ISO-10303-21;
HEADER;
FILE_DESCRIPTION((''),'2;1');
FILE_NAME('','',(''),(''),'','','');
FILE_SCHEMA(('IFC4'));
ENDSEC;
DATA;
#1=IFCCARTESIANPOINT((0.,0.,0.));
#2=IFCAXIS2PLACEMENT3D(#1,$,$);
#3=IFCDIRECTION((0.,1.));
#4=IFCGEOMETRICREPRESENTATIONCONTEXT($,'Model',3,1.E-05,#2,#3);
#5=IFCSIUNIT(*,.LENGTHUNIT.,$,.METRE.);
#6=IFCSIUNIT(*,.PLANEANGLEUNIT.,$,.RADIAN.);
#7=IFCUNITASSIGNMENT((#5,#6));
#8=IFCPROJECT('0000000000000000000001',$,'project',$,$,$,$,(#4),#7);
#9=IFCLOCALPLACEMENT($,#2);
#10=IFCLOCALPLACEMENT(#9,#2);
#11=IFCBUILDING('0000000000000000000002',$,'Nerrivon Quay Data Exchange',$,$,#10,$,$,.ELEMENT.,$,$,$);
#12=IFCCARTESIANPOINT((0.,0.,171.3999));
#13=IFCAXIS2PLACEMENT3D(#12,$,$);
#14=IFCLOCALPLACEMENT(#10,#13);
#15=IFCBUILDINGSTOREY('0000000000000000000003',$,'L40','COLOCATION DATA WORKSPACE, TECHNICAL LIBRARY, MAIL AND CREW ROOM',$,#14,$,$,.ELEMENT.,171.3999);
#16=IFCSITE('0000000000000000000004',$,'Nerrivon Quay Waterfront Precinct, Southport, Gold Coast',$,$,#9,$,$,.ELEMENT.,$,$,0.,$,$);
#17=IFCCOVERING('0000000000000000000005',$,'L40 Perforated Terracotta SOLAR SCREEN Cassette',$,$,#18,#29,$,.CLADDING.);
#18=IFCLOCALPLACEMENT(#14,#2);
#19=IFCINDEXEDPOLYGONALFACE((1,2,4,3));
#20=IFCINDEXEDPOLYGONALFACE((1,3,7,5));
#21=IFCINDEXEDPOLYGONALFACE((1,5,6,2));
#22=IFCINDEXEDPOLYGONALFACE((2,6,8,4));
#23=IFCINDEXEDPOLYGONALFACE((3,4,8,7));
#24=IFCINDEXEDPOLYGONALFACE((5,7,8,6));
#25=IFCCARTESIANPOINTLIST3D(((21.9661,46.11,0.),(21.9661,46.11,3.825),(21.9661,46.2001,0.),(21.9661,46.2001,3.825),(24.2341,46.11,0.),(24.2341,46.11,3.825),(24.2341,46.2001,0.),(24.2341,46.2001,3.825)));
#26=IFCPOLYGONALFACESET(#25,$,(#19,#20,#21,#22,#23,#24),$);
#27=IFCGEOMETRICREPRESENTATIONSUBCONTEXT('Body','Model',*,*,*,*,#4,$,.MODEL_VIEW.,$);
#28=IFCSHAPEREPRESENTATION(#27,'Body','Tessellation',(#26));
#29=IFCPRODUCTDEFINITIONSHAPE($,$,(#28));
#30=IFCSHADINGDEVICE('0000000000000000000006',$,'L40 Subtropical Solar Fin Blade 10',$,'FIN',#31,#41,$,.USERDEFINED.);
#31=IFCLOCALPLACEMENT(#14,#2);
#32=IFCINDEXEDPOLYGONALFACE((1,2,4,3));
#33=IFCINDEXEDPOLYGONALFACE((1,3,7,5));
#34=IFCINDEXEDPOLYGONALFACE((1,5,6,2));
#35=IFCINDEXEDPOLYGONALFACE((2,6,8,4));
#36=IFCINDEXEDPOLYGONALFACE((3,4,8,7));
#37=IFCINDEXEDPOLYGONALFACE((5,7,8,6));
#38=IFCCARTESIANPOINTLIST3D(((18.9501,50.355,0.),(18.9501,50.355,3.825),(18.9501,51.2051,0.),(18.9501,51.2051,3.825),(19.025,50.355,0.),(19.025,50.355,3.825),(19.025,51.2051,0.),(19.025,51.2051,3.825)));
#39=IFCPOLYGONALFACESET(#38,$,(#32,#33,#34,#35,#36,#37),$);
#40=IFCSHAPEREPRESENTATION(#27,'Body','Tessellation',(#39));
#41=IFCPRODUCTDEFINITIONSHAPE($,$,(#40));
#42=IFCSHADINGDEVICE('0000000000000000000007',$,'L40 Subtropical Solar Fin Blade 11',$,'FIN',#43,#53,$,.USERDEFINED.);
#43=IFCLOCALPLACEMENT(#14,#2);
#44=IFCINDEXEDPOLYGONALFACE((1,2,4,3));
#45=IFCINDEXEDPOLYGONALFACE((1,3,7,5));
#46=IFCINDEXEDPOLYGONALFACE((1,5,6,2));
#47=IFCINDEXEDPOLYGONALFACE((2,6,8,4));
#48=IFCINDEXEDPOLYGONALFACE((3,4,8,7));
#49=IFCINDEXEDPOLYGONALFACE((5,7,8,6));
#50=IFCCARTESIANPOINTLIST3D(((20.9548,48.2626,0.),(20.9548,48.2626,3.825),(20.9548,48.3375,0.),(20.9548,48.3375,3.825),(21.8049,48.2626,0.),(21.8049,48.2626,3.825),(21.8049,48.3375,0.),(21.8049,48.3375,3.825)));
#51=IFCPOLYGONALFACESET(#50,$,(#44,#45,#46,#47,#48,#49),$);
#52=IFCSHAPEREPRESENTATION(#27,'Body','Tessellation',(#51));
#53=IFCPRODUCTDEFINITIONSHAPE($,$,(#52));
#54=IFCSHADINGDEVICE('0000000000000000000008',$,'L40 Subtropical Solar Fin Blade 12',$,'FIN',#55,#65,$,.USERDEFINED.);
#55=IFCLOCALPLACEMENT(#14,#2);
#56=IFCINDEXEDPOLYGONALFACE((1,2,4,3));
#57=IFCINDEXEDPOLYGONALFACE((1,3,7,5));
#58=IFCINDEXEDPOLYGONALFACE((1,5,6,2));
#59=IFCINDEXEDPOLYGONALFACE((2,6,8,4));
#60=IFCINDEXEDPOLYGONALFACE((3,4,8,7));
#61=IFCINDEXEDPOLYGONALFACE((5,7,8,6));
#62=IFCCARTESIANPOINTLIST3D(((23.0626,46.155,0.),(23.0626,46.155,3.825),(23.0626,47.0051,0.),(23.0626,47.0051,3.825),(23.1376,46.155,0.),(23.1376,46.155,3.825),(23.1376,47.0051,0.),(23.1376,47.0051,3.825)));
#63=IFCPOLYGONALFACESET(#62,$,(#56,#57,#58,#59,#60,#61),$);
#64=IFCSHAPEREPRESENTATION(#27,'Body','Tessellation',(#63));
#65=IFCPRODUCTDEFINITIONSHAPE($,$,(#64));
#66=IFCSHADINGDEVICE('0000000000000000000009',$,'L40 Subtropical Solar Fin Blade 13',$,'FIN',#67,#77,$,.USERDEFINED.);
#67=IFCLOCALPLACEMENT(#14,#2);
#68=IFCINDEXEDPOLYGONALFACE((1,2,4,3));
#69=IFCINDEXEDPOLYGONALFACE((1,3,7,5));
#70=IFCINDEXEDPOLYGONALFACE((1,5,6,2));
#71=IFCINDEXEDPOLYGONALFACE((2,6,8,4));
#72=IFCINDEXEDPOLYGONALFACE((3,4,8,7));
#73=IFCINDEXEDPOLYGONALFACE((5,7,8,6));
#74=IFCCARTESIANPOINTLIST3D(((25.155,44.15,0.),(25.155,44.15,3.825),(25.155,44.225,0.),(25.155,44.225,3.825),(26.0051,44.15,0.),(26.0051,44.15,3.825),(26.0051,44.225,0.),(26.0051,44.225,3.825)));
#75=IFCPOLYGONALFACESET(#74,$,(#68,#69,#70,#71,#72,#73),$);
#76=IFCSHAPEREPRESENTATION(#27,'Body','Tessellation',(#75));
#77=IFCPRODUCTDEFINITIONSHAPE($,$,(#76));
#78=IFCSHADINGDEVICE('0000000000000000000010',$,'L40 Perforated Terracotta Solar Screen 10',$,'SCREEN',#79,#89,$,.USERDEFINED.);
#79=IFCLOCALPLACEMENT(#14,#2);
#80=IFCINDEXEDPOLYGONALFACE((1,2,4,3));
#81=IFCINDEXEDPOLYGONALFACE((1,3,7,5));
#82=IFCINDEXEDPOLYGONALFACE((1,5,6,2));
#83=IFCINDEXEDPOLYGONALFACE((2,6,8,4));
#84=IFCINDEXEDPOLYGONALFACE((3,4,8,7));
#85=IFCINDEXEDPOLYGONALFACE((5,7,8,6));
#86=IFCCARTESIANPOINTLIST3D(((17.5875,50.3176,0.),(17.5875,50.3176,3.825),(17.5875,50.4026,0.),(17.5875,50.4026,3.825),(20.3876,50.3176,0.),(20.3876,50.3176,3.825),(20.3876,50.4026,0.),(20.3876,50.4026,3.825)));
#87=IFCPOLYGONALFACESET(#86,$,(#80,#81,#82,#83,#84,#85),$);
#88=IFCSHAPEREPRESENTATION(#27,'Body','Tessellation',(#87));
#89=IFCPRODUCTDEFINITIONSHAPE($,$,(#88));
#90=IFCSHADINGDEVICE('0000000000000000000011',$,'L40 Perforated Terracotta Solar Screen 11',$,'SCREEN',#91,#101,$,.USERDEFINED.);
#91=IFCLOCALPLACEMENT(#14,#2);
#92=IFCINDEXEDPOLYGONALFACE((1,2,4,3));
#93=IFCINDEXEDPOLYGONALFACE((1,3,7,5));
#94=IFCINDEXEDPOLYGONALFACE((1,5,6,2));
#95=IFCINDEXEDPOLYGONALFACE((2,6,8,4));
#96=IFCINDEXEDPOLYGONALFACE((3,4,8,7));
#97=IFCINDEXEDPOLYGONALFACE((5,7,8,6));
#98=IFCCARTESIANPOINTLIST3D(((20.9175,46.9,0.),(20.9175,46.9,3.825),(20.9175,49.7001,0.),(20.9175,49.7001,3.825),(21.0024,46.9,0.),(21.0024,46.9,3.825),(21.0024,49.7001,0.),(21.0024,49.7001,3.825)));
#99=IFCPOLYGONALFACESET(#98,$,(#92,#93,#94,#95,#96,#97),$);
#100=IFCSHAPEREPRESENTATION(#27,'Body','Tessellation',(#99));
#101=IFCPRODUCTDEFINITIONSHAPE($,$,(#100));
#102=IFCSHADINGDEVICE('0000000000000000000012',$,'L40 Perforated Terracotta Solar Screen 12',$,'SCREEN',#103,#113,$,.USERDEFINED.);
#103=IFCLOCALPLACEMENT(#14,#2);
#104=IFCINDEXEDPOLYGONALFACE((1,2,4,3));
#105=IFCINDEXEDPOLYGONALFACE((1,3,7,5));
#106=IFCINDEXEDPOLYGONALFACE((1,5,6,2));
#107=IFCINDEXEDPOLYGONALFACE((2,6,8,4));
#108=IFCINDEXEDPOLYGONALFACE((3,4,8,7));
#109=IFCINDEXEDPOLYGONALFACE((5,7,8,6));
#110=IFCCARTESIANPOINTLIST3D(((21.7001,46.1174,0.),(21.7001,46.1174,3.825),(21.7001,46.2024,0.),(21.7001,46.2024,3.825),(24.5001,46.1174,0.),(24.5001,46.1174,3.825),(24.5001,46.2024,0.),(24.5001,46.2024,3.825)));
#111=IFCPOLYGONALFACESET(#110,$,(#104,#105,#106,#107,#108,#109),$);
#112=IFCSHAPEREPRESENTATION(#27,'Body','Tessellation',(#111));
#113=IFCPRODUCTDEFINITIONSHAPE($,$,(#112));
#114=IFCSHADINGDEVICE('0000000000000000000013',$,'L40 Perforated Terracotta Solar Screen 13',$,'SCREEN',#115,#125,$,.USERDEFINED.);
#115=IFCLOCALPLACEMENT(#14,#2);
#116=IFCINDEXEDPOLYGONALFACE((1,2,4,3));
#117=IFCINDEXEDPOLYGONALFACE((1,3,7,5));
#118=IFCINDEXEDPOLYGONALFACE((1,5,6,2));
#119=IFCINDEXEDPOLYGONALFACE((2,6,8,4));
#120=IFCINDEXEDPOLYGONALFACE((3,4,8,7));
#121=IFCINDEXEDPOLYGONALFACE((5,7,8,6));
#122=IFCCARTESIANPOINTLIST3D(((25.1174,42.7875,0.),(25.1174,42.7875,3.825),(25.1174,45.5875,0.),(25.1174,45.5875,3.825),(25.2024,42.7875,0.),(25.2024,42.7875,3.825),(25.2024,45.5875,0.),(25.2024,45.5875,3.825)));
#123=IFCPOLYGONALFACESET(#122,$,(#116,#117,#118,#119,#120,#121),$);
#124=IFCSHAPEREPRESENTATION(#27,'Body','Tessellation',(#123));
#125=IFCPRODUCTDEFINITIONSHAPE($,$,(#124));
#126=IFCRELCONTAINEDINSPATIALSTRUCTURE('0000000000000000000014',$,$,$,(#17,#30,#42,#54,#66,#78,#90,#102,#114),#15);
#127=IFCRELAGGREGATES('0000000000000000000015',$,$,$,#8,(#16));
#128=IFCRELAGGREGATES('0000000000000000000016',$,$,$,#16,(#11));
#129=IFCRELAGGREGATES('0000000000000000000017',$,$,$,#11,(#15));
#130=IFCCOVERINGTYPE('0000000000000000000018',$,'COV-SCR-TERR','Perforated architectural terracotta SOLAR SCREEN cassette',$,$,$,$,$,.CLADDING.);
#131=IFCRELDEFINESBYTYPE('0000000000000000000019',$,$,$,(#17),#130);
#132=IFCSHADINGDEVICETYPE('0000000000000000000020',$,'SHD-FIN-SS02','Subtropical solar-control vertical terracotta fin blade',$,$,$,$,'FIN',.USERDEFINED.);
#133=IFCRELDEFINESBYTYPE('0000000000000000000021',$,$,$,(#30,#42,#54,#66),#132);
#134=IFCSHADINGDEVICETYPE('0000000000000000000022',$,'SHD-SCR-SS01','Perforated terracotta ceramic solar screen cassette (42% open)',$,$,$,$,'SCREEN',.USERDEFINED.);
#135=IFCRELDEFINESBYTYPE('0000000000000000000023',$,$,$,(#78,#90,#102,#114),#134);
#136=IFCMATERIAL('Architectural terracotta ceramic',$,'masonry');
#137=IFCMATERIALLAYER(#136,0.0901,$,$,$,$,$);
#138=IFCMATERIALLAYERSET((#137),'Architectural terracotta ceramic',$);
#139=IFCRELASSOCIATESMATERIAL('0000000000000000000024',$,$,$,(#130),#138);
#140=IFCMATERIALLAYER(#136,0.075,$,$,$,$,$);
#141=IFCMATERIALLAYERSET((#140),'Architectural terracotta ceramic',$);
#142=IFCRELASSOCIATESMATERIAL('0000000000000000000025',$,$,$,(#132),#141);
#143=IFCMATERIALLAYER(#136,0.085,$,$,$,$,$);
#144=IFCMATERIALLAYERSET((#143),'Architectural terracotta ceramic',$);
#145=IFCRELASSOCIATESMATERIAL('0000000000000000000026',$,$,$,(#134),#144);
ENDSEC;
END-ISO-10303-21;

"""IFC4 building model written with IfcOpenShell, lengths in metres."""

from ifc_helpers import new_model, si_unit, direction, frame, origin, origin_2d, place, context, subcontext, project, spatial, rectangle, extrude, material, layer, layer_set, type_object, element, save


model = new_model("IFC4")

# Units and contexts
model_context = context("Model", 3, precision=1e-05, world=origin(), true_north=direction((0.0, 1.0)))
body_context = subcontext(model_context, "Body", "Model", "MODEL_VIEW")
ifc_project = project(units=[si_unit("LENGTHUNIT", "METRE"), si_unit("PLANEANGLEUNIT", "RADIAN")], contexts=[model_context])

# Site, building, storey
site_placement = place(None, origin())
site = spatial("IfcSite", under=ifc_project, at=site_placement, Name="Nerrivon Quay Waterfront Precinct, Southport, Gold Coast", CompositionType="ELEMENT", RefElevation=0.0)
building_placement = place(site_placement, origin())
building = spatial("IfcBuilding", under=site, at=building_placement, Name="Nerrivon Quay Data Exchange", CompositionType="ELEMENT")
storey_placement = place(building_placement, frame((0.0, 0.0, 171.3999)))
storey = spatial("IfcBuildingStorey", under=building, at=storey_placement, Name="L40", Description="COLOCATION DATA WORKSPACE, TECHNICAL LIBRARY, MAIL AND CREW ROOM", CompositionType="ELEMENT", Elevation=171.3999)

# Covering
ifc_material_1 = material(Name="Architectural terracotta ceramic", Category="masonry")
ifc_layer_1 = layer(ifc_material_1, 0.0901)
ifc_layer_set_1 = layer_set([ifc_layer_1], Name="Architectural terracotta ceramic")
covering_type = type_object("IfcCoveringType", Name="COV-SCR-TERR", Description="Perforated architectural terracotta SOLAR SCREEN cassette", PredefinedType="CLADDING", material=ifc_layer_set_1)
for number, where, z_axis, x_axis, name in (
    (1, (23.1001, 46.155, 0.0), (0.0, 0.0, 1.0), (1.0, 0.0, 0.0), "L40 Perforated Terracotta SOLAR SCREEN Cassette"),
):
    element("IfcCovering", number, at=place(storey_placement, frame(where, z_axis=z_axis, x_axis=x_axis)), inside=storey, type_object=covering_type, Name=name, PredefinedType="CLADDING", context=body_context, shape_type="SweptSolid", body=[
        extrude(rectangle(XDim=2.2681, YDim=0.0901, at=origin_2d()), origin(), (0.0, 0.0, 1.0), 3.825),
    ])

# Shading devices
ifc_layer_2 = layer(ifc_material_1, 0.075)
ifc_layer_set_2 = layer_set([ifc_layer_2], Name="Architectural terracotta ceramic")
shading_device_type_1 = type_object("IfcShadingDeviceType", Name="SHD-FIN-SS02", Description="Subtropical solar-control vertical terracotta fin blade", ElementType="FIN", PredefinedType="USERDEFINED", material=ifc_layer_set_2)
for number, where, z_axis, x_axis, name in (
    (2, (18.9875, 50.78, 0.0), (0.0, 0.0, 1.0), (1.0, 0.0, 0.0), "L40 Subtropical Solar Fin Blade 10"),
    (3, (21.3799, 48.3, 0.0), (0.0, 0.0, 1.0), (0.0, -1.0, 0.0), "L40 Subtropical Solar Fin Blade 11"),
    (4, (23.1001, 46.5801, 0.0), (0.0, 0.0, 1.0), (1.0, 0.0, 0.0), "L40 Subtropical Solar Fin Blade 12"),
    (5, (25.5801, 44.1875, 0.0), (0.0, 0.0, 1.0), (0.0, -1.0, 0.0), "L40 Subtropical Solar Fin Blade 13"),
):
    element("IfcShadingDevice", number, at=place(storey_placement, frame(where, z_axis=z_axis, x_axis=x_axis)), inside=storey, type_object=shading_device_type_1, Name=name, ObjectType="FIN", PredefinedType="USERDEFINED", context=body_context, shape_type="SweptSolid", body=[
        extrude(rectangle(XDim=0.075, YDim=0.8501, at=origin_2d()), origin(), (0.0, 0.0, 1.0), 3.825),
    ])
ifc_layer_3 = layer(ifc_material_1, 0.085)
ifc_layer_set_3 = layer_set([ifc_layer_3], Name="Architectural terracotta ceramic")
shading_device_type_2 = type_object("IfcShadingDeviceType", Name="SHD-SCR-SS01", Description="Perforated terracotta ceramic solar screen cassette (42% open)", ElementType="SCREEN", PredefinedType="USERDEFINED", material=ifc_layer_set_3)
for number, where, z_axis, x_axis, name in (
    (6, (18.9875, 50.3601, 0.0), (0.0, 0.0, 1.0), (1.0, 0.0, 0.0), "L40 Perforated Terracotta Solar Screen 10"),
    (7, (20.96, 48.3, 0.0), (0.0, 0.0, 1.0), (0.0, -1.0, 0.0), "L40 Perforated Terracotta Solar Screen 11"),
    (8, (23.1001, 46.1599, 0.0), (0.0, 0.0, 1.0), (1.0, 0.0, 0.0), "L40 Perforated Terracotta Solar Screen 12"),
    (9, (25.1599, 44.1875, 0.0), (0.0, 0.0, 1.0), (0.0, -1.0, 0.0), "L40 Perforated Terracotta Solar Screen 13"),
):
    element("IfcShadingDevice", number, at=place(storey_placement, frame(where, z_axis=z_axis, x_axis=x_axis)), inside=storey, type_object=shading_device_type_2, Name=name, ObjectType="SCREEN", PredefinedType="USERDEFINED", context=body_context, shape_type="SweptSolid", body=[
        extrude(rectangle(XDim=2.8, YDim=0.085, at=origin_2d()), origin(), (0.0, 0.0, 1.0), 3.825),
    ])

save(model, "model.ifc")
